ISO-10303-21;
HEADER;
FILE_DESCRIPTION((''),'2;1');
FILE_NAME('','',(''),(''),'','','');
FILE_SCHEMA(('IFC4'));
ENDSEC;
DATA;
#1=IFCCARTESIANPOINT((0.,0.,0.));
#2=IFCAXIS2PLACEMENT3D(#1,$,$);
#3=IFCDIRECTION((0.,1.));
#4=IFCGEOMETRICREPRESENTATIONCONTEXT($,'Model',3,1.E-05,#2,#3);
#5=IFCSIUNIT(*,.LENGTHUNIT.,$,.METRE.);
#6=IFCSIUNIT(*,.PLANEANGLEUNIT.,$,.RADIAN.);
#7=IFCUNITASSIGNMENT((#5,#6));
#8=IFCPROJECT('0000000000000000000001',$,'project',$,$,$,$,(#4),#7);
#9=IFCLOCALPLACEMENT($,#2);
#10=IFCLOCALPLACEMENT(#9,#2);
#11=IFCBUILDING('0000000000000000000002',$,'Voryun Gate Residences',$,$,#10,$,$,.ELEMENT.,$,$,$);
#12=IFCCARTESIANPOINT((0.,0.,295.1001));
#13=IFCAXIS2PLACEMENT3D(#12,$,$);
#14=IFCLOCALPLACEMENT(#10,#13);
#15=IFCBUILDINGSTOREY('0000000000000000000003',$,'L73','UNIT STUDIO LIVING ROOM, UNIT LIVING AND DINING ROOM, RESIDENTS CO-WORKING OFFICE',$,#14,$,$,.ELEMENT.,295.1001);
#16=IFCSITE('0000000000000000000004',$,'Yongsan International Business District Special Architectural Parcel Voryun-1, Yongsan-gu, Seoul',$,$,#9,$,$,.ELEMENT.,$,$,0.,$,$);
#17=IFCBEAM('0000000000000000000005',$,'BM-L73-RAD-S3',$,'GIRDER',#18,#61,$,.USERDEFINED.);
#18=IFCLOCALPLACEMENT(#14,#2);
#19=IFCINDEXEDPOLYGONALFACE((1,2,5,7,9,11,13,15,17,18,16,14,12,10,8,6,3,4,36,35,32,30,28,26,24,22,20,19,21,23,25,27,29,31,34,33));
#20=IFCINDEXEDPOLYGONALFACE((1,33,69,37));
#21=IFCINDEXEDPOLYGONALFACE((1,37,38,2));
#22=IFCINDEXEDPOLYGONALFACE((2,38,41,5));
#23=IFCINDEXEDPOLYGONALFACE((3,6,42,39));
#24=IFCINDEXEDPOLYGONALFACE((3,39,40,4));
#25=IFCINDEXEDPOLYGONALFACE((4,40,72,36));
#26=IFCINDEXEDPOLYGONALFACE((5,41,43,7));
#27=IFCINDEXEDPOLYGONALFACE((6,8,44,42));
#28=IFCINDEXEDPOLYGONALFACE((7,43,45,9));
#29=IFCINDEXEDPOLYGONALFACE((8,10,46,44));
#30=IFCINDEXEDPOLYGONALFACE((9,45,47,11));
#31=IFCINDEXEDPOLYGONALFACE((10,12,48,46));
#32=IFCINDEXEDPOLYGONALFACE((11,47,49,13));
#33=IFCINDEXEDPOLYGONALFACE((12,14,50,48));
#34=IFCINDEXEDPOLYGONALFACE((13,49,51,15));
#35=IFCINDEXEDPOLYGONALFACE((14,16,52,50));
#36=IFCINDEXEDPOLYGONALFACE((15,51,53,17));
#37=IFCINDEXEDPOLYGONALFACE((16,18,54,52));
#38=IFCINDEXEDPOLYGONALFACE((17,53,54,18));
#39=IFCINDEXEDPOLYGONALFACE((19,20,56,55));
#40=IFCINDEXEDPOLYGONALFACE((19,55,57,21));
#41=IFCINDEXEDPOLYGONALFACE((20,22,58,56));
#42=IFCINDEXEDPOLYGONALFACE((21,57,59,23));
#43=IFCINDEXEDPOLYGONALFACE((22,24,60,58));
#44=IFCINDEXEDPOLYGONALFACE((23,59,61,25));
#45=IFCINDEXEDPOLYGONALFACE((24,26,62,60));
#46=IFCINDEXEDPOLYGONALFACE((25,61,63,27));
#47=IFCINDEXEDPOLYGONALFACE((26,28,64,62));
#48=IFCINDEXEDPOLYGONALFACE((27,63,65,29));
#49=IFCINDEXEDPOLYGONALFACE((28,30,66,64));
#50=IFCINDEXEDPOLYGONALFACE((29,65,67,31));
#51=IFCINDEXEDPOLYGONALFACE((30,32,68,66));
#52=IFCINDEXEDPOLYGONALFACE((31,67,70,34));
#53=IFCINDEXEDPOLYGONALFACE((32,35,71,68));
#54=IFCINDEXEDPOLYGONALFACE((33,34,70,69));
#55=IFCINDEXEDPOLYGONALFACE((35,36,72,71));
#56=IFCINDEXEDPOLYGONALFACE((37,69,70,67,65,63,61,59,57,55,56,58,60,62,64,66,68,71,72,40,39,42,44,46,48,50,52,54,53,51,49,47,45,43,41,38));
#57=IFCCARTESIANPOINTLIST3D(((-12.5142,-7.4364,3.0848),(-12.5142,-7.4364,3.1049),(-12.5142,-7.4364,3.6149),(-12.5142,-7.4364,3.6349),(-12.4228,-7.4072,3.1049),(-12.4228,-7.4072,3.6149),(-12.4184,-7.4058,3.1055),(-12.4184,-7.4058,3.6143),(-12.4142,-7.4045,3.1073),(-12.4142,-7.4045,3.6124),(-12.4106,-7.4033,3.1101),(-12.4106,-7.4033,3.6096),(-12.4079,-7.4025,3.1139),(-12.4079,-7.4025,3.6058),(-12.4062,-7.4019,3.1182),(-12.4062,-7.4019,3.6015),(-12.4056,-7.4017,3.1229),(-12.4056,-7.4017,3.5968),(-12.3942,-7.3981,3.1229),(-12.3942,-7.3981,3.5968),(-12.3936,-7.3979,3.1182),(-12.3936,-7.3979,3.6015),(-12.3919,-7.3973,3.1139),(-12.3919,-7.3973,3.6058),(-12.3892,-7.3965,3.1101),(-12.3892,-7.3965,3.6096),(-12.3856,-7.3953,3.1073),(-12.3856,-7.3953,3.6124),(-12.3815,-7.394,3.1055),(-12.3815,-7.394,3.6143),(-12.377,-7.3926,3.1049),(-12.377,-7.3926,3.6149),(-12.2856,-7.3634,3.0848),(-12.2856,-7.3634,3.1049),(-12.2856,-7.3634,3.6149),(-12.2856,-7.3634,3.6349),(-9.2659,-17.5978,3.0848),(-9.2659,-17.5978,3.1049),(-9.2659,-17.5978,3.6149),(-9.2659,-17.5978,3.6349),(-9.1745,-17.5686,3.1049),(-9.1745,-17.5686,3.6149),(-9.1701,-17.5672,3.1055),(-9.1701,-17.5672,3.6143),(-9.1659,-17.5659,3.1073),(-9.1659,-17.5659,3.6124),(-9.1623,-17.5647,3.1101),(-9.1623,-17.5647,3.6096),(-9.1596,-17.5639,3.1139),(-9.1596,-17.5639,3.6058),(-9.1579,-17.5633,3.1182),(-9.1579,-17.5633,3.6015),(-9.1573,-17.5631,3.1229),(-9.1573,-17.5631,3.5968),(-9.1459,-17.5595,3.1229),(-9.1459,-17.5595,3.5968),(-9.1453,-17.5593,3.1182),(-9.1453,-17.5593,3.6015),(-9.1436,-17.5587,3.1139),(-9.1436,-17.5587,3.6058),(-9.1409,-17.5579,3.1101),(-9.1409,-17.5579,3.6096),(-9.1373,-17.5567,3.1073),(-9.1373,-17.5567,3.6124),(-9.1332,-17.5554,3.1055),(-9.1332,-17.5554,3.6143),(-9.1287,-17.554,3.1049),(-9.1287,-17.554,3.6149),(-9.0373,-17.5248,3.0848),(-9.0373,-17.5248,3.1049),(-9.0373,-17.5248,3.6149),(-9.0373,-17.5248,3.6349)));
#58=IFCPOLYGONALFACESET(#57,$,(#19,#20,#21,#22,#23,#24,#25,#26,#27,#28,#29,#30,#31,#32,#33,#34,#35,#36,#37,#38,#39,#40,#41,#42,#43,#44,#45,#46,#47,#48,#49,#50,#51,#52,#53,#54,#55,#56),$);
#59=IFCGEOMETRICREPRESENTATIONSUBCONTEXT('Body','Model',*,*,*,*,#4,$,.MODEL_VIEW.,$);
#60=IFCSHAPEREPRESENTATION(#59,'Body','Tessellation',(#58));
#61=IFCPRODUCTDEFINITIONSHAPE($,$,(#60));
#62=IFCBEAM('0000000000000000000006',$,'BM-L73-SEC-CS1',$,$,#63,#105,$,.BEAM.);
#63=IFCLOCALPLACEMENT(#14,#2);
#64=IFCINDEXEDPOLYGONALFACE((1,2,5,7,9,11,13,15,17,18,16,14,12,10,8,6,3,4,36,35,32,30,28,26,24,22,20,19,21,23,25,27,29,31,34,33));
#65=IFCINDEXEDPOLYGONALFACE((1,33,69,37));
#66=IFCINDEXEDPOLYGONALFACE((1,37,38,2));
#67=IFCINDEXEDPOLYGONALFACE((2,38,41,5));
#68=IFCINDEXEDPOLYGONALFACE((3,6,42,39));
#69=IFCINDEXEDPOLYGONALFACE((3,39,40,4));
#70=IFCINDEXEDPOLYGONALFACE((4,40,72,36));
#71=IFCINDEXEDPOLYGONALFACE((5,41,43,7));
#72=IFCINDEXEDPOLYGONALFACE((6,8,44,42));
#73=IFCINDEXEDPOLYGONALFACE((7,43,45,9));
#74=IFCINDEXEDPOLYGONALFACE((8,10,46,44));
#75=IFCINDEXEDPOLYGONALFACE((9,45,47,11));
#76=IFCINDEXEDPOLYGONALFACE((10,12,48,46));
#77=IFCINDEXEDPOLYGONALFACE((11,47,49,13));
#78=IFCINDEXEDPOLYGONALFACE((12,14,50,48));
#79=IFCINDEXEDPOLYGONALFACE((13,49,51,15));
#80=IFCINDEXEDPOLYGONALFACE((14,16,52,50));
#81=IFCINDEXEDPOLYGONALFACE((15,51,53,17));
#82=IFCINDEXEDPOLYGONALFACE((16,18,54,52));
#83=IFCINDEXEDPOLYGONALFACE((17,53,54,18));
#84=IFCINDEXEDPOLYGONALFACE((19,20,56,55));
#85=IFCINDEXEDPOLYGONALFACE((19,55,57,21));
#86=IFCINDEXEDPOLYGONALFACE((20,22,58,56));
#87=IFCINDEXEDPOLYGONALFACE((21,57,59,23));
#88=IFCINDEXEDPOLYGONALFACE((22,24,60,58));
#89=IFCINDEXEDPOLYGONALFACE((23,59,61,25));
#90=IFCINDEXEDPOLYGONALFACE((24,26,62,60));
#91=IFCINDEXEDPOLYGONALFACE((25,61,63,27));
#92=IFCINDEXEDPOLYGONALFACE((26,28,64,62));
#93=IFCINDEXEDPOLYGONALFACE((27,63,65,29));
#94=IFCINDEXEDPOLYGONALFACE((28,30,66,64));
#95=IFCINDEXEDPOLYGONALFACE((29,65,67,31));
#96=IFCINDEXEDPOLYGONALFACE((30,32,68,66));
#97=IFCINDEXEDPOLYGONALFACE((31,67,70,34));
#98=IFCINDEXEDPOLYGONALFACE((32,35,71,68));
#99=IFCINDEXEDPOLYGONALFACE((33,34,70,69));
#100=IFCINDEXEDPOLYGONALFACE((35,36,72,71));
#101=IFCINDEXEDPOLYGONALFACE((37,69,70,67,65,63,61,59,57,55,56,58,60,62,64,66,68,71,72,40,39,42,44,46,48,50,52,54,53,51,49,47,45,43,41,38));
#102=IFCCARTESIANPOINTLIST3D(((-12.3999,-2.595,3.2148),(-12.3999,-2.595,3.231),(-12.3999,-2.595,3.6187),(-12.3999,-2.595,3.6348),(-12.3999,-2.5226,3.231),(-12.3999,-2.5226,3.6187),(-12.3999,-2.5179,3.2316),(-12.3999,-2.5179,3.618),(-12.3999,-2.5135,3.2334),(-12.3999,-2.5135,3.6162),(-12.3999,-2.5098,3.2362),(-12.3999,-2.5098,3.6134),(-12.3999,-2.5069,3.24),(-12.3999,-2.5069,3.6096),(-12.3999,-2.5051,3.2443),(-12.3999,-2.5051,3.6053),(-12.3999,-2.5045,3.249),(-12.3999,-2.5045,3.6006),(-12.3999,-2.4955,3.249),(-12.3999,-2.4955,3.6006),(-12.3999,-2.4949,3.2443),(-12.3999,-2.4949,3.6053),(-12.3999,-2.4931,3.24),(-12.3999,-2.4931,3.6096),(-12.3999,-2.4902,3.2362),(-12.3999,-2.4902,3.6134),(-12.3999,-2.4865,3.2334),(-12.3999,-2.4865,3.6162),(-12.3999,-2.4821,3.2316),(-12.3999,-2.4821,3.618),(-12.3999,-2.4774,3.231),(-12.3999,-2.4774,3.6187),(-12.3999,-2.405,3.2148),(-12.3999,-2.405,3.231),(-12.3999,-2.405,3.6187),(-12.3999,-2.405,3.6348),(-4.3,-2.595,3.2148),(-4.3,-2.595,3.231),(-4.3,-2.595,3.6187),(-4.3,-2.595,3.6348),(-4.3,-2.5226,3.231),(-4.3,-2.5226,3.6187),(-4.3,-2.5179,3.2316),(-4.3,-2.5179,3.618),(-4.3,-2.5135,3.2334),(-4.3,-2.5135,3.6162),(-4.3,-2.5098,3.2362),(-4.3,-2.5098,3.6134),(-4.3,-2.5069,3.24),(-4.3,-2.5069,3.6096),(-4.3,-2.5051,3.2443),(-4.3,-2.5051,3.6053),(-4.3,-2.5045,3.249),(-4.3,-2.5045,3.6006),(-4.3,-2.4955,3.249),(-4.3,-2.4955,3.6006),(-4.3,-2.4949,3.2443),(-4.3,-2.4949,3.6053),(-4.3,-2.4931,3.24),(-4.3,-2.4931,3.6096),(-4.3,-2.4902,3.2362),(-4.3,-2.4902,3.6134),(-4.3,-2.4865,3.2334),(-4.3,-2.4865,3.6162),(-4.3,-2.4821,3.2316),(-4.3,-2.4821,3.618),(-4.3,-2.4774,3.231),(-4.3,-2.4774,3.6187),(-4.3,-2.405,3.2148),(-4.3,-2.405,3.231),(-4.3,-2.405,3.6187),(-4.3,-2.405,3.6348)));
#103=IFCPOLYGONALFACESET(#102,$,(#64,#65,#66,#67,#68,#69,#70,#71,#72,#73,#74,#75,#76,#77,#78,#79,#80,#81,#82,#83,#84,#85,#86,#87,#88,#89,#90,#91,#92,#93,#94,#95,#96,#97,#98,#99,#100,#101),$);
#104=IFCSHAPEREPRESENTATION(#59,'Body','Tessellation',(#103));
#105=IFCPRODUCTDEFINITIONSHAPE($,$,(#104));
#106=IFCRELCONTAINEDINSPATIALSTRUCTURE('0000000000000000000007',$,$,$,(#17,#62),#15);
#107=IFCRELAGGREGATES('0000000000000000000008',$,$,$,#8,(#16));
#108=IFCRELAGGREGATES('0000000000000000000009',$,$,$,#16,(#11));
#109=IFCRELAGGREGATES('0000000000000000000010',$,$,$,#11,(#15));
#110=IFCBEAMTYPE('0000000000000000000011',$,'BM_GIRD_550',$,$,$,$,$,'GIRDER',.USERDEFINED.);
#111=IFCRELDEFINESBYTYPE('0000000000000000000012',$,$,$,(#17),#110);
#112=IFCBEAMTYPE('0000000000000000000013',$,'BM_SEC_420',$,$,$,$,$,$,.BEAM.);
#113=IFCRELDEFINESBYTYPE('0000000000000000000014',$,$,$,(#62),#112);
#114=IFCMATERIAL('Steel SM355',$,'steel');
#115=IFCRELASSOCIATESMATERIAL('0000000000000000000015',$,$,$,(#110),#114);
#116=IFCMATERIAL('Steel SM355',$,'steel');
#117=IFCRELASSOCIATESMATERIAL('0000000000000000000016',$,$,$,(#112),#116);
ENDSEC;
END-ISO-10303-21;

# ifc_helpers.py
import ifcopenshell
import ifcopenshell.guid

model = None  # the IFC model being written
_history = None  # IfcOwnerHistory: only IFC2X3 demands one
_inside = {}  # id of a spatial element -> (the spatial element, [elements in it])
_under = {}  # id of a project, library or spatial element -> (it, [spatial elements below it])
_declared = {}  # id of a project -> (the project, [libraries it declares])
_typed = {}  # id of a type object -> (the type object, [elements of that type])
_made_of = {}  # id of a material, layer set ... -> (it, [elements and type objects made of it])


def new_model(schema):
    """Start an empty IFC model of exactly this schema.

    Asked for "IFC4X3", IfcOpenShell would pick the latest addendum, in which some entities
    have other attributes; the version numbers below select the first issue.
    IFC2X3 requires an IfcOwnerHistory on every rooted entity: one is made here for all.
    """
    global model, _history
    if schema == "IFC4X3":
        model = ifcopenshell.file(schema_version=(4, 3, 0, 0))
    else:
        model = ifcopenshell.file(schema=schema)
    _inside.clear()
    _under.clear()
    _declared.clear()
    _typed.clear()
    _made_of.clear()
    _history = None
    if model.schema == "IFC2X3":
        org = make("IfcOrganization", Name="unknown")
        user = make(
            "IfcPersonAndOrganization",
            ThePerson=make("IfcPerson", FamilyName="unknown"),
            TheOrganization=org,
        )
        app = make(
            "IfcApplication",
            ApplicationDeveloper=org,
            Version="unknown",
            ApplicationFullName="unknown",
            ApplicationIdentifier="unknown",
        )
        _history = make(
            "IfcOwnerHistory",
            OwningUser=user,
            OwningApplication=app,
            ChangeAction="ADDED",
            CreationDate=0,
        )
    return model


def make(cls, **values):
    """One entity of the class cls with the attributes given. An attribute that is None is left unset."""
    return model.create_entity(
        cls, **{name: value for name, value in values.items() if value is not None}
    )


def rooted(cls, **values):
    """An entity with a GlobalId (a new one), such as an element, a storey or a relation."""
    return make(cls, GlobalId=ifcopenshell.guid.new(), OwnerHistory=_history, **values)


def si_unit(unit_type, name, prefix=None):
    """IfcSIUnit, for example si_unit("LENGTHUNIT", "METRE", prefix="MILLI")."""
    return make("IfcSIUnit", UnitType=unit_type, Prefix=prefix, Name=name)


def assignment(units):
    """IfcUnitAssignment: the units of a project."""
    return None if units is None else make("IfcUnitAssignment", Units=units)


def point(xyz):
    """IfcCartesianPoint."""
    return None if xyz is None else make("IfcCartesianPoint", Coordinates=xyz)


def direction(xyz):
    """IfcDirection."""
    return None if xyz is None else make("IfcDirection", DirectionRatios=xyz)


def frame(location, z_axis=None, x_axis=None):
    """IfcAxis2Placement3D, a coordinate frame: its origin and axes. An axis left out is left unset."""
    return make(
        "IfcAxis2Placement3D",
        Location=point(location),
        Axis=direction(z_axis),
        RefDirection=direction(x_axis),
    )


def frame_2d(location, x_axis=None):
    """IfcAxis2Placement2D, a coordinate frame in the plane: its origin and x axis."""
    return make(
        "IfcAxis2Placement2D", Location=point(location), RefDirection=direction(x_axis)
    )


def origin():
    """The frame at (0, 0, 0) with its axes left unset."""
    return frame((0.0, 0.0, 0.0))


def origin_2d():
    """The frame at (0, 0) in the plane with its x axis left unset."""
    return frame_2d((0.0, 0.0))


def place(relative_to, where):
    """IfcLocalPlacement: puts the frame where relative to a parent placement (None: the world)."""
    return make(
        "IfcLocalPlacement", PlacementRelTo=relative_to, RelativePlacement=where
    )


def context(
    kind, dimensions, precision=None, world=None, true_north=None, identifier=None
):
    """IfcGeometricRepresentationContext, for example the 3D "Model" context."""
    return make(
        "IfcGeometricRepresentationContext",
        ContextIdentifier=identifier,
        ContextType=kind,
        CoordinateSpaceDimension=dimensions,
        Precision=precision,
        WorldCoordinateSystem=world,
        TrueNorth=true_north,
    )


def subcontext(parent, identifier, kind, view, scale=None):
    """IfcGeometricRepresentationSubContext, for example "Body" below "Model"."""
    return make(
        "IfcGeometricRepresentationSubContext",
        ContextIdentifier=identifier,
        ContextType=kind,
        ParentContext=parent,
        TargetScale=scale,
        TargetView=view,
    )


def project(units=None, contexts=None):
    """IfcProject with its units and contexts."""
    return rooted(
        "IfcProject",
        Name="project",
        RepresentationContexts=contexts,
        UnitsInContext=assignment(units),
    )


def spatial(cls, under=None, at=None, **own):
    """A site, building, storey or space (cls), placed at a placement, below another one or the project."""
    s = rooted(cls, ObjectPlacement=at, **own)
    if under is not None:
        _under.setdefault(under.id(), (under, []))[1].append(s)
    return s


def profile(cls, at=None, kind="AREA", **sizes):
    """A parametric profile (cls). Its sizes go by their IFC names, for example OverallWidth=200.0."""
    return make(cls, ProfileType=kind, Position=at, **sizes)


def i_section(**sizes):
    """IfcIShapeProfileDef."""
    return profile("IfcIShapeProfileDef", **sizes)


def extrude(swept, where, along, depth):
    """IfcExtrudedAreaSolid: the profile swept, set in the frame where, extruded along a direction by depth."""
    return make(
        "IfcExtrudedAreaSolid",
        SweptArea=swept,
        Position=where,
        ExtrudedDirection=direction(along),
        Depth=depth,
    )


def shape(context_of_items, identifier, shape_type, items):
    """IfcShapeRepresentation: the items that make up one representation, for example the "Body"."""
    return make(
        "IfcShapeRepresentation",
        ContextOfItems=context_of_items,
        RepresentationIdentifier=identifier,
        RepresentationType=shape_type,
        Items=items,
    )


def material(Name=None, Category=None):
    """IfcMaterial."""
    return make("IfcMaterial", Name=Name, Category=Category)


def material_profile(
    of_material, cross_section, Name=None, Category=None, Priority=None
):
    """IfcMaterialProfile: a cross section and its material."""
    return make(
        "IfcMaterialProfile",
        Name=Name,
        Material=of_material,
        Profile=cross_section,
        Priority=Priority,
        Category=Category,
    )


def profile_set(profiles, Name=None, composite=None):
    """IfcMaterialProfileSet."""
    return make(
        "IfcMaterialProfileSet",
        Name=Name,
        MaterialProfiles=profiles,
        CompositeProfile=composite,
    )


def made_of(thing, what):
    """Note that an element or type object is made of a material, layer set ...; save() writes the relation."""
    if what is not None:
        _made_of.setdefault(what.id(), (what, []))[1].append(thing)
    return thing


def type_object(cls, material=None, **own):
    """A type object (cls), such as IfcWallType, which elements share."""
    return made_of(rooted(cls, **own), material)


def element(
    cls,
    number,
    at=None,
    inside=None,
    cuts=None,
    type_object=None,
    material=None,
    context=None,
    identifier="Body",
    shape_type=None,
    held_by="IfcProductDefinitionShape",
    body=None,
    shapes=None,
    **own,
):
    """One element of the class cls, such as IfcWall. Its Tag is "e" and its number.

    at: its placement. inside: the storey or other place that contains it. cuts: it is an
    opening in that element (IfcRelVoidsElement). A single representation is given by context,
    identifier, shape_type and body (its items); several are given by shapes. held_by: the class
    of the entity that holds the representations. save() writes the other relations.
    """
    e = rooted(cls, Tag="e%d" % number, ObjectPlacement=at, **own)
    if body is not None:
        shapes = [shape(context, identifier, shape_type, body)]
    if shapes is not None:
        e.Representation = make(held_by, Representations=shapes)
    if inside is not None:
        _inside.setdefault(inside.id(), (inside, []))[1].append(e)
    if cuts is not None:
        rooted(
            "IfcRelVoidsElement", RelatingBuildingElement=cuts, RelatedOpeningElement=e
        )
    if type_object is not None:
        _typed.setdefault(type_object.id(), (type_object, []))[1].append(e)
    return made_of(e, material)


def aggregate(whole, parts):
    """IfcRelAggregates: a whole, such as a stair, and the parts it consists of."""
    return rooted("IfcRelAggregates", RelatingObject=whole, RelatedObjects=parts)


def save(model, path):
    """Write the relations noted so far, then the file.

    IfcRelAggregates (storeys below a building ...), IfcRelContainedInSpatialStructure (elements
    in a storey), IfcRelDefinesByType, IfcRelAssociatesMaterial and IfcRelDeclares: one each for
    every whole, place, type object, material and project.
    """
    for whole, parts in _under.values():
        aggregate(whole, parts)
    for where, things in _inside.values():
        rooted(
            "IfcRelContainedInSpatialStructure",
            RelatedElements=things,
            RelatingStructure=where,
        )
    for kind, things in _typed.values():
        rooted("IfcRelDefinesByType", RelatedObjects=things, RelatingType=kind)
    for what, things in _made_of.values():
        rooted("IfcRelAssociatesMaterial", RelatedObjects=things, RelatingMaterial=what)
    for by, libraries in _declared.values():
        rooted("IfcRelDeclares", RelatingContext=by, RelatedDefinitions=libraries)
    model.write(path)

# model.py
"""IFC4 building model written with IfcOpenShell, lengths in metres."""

from ifc_helpers import new_model, si_unit, direction, frame, origin, origin_2d, place, context, subcontext, project, spatial, i_section, extrude, material, material_profile, profile_set, type_object, element, save


model = new_model("IFC4")

# Units and contexts
model_context = context("Model", 3, precision=1e-05, world=origin(), true_north=direction((0.0, 1.0)))
body_context = subcontext(model_context, "Body", "Model", "MODEL_VIEW")
ifc_project = project(units=[si_unit("LENGTHUNIT", "METRE"), si_unit("PLANEANGLEUNIT", "RADIAN")], contexts=[model_context])

# Site, building, storey
site_placement = place(None, origin())
site = spatial("IfcSite", under=ifc_project, at=site_placement, Name="Yongsan International Business District Special Architectural Parcel Voryun-1, Yongsan-gu, Seoul", CompositionType="ELEMENT", RefElevation=0.0)
building_placement = place(site_placement, origin())
building = spatial("IfcBuilding", under=site, at=building_placement, Name="Voryun Gate Residences", CompositionType="ELEMENT")
storey_placement = place(building_placement, frame((0.0, 0.0, 295.1001)))
storey = spatial("IfcBuildingStorey", under=building, at=storey_placement, Name="L73", Description="UNIT STUDIO LIVING ROOM, UNIT LIVING AND DINING ROOM, RESIDENTS CO-WORKING OFFICE", CompositionType="ELEMENT", Elevation=295.1001)

# Beams
ifc_material_1 = material(Name="Steel SM355", Category="steel")
ifc_material_profile_1 = material_profile(ifc_material_1, i_section(OverallWidth=0.24, OverallDepth=0.55, WebThickness=0.012, FlangeThickness=0.02, FilletRadius=0.0181, at=origin_2d()), Name="H-550x240x12x20")
ifc_profile_set_1 = profile_set([ifc_material_profile_1], Name="Steel SM355")
beam_type_1 = type_object("IfcBeamType", Name="BM_GIRD_550", ElementType="GIRDER", PredefinedType="USERDEFINED", material=ifc_profile_set_1)
beam_1_placement = place(storey_placement, frame((-12.3999, -7.3999, 3.3599), z_axis=(0.304491, -0.952515, 0.0), x_axis=(0.952515, 0.304491, 0.0)))
element("IfcBeam", 1, at=beam_1_placement, inside=storey, type_object=beam_type_1, Name="BM-L73-RAD-S3", ObjectType="GIRDER", PredefinedType="USERDEFINED", context=body_context, shape_type="SweptSolid", body=[
    extrude(i_section(OverallWidth=0.24, OverallDepth=0.55, WebThickness=0.012, FlangeThickness=0.02, FilletRadius=0.0181, at=origin_2d()), origin(), (0.0, 0.0, 1.0), 10.668),
])
ifc_material_2 = material(Name="Steel SM355", Category="steel")
ifc_material_profile_2 = material_profile(ifc_material_2, i_section(OverallWidth=0.1899, OverallDepth=0.4199, WebThickness=0.009, FlangeThickness=0.0161, FilletRadius=0.0181, at=origin_2d()), Name="H-420x190x9x16")
ifc_profile_set_2 = profile_set([ifc_material_profile_2], Name="Steel SM355")
beam_type_2 = type_object("IfcBeamType", Name="BM_SEC_420", PredefinedType="BEAM", material=ifc_profile_set_2)
beam_2_placement = place(storey_placement, frame((-12.3999, -2.5, 3.4248), z_axis=(1.0, 0.0, 0.0), x_axis=(0.0, 1.0, 0.0)))
element("IfcBeam", 2, at=beam_2_placement, inside=storey, type_object=beam_type_2, Name="BM-L73-SEC-CS1", PredefinedType="BEAM", context=body_context, shape_type="SweptSolid", body=[
    extrude(i_section(OverallWidth=0.1899, OverallDepth=0.4199, WebThickness=0.009, FlangeThickness=0.0161, FilletRadius=0.0181, at=origin_2d()), origin(), (0.0, 0.0, 1.0), 8.0999),
])

save(model, "model.ifc")
